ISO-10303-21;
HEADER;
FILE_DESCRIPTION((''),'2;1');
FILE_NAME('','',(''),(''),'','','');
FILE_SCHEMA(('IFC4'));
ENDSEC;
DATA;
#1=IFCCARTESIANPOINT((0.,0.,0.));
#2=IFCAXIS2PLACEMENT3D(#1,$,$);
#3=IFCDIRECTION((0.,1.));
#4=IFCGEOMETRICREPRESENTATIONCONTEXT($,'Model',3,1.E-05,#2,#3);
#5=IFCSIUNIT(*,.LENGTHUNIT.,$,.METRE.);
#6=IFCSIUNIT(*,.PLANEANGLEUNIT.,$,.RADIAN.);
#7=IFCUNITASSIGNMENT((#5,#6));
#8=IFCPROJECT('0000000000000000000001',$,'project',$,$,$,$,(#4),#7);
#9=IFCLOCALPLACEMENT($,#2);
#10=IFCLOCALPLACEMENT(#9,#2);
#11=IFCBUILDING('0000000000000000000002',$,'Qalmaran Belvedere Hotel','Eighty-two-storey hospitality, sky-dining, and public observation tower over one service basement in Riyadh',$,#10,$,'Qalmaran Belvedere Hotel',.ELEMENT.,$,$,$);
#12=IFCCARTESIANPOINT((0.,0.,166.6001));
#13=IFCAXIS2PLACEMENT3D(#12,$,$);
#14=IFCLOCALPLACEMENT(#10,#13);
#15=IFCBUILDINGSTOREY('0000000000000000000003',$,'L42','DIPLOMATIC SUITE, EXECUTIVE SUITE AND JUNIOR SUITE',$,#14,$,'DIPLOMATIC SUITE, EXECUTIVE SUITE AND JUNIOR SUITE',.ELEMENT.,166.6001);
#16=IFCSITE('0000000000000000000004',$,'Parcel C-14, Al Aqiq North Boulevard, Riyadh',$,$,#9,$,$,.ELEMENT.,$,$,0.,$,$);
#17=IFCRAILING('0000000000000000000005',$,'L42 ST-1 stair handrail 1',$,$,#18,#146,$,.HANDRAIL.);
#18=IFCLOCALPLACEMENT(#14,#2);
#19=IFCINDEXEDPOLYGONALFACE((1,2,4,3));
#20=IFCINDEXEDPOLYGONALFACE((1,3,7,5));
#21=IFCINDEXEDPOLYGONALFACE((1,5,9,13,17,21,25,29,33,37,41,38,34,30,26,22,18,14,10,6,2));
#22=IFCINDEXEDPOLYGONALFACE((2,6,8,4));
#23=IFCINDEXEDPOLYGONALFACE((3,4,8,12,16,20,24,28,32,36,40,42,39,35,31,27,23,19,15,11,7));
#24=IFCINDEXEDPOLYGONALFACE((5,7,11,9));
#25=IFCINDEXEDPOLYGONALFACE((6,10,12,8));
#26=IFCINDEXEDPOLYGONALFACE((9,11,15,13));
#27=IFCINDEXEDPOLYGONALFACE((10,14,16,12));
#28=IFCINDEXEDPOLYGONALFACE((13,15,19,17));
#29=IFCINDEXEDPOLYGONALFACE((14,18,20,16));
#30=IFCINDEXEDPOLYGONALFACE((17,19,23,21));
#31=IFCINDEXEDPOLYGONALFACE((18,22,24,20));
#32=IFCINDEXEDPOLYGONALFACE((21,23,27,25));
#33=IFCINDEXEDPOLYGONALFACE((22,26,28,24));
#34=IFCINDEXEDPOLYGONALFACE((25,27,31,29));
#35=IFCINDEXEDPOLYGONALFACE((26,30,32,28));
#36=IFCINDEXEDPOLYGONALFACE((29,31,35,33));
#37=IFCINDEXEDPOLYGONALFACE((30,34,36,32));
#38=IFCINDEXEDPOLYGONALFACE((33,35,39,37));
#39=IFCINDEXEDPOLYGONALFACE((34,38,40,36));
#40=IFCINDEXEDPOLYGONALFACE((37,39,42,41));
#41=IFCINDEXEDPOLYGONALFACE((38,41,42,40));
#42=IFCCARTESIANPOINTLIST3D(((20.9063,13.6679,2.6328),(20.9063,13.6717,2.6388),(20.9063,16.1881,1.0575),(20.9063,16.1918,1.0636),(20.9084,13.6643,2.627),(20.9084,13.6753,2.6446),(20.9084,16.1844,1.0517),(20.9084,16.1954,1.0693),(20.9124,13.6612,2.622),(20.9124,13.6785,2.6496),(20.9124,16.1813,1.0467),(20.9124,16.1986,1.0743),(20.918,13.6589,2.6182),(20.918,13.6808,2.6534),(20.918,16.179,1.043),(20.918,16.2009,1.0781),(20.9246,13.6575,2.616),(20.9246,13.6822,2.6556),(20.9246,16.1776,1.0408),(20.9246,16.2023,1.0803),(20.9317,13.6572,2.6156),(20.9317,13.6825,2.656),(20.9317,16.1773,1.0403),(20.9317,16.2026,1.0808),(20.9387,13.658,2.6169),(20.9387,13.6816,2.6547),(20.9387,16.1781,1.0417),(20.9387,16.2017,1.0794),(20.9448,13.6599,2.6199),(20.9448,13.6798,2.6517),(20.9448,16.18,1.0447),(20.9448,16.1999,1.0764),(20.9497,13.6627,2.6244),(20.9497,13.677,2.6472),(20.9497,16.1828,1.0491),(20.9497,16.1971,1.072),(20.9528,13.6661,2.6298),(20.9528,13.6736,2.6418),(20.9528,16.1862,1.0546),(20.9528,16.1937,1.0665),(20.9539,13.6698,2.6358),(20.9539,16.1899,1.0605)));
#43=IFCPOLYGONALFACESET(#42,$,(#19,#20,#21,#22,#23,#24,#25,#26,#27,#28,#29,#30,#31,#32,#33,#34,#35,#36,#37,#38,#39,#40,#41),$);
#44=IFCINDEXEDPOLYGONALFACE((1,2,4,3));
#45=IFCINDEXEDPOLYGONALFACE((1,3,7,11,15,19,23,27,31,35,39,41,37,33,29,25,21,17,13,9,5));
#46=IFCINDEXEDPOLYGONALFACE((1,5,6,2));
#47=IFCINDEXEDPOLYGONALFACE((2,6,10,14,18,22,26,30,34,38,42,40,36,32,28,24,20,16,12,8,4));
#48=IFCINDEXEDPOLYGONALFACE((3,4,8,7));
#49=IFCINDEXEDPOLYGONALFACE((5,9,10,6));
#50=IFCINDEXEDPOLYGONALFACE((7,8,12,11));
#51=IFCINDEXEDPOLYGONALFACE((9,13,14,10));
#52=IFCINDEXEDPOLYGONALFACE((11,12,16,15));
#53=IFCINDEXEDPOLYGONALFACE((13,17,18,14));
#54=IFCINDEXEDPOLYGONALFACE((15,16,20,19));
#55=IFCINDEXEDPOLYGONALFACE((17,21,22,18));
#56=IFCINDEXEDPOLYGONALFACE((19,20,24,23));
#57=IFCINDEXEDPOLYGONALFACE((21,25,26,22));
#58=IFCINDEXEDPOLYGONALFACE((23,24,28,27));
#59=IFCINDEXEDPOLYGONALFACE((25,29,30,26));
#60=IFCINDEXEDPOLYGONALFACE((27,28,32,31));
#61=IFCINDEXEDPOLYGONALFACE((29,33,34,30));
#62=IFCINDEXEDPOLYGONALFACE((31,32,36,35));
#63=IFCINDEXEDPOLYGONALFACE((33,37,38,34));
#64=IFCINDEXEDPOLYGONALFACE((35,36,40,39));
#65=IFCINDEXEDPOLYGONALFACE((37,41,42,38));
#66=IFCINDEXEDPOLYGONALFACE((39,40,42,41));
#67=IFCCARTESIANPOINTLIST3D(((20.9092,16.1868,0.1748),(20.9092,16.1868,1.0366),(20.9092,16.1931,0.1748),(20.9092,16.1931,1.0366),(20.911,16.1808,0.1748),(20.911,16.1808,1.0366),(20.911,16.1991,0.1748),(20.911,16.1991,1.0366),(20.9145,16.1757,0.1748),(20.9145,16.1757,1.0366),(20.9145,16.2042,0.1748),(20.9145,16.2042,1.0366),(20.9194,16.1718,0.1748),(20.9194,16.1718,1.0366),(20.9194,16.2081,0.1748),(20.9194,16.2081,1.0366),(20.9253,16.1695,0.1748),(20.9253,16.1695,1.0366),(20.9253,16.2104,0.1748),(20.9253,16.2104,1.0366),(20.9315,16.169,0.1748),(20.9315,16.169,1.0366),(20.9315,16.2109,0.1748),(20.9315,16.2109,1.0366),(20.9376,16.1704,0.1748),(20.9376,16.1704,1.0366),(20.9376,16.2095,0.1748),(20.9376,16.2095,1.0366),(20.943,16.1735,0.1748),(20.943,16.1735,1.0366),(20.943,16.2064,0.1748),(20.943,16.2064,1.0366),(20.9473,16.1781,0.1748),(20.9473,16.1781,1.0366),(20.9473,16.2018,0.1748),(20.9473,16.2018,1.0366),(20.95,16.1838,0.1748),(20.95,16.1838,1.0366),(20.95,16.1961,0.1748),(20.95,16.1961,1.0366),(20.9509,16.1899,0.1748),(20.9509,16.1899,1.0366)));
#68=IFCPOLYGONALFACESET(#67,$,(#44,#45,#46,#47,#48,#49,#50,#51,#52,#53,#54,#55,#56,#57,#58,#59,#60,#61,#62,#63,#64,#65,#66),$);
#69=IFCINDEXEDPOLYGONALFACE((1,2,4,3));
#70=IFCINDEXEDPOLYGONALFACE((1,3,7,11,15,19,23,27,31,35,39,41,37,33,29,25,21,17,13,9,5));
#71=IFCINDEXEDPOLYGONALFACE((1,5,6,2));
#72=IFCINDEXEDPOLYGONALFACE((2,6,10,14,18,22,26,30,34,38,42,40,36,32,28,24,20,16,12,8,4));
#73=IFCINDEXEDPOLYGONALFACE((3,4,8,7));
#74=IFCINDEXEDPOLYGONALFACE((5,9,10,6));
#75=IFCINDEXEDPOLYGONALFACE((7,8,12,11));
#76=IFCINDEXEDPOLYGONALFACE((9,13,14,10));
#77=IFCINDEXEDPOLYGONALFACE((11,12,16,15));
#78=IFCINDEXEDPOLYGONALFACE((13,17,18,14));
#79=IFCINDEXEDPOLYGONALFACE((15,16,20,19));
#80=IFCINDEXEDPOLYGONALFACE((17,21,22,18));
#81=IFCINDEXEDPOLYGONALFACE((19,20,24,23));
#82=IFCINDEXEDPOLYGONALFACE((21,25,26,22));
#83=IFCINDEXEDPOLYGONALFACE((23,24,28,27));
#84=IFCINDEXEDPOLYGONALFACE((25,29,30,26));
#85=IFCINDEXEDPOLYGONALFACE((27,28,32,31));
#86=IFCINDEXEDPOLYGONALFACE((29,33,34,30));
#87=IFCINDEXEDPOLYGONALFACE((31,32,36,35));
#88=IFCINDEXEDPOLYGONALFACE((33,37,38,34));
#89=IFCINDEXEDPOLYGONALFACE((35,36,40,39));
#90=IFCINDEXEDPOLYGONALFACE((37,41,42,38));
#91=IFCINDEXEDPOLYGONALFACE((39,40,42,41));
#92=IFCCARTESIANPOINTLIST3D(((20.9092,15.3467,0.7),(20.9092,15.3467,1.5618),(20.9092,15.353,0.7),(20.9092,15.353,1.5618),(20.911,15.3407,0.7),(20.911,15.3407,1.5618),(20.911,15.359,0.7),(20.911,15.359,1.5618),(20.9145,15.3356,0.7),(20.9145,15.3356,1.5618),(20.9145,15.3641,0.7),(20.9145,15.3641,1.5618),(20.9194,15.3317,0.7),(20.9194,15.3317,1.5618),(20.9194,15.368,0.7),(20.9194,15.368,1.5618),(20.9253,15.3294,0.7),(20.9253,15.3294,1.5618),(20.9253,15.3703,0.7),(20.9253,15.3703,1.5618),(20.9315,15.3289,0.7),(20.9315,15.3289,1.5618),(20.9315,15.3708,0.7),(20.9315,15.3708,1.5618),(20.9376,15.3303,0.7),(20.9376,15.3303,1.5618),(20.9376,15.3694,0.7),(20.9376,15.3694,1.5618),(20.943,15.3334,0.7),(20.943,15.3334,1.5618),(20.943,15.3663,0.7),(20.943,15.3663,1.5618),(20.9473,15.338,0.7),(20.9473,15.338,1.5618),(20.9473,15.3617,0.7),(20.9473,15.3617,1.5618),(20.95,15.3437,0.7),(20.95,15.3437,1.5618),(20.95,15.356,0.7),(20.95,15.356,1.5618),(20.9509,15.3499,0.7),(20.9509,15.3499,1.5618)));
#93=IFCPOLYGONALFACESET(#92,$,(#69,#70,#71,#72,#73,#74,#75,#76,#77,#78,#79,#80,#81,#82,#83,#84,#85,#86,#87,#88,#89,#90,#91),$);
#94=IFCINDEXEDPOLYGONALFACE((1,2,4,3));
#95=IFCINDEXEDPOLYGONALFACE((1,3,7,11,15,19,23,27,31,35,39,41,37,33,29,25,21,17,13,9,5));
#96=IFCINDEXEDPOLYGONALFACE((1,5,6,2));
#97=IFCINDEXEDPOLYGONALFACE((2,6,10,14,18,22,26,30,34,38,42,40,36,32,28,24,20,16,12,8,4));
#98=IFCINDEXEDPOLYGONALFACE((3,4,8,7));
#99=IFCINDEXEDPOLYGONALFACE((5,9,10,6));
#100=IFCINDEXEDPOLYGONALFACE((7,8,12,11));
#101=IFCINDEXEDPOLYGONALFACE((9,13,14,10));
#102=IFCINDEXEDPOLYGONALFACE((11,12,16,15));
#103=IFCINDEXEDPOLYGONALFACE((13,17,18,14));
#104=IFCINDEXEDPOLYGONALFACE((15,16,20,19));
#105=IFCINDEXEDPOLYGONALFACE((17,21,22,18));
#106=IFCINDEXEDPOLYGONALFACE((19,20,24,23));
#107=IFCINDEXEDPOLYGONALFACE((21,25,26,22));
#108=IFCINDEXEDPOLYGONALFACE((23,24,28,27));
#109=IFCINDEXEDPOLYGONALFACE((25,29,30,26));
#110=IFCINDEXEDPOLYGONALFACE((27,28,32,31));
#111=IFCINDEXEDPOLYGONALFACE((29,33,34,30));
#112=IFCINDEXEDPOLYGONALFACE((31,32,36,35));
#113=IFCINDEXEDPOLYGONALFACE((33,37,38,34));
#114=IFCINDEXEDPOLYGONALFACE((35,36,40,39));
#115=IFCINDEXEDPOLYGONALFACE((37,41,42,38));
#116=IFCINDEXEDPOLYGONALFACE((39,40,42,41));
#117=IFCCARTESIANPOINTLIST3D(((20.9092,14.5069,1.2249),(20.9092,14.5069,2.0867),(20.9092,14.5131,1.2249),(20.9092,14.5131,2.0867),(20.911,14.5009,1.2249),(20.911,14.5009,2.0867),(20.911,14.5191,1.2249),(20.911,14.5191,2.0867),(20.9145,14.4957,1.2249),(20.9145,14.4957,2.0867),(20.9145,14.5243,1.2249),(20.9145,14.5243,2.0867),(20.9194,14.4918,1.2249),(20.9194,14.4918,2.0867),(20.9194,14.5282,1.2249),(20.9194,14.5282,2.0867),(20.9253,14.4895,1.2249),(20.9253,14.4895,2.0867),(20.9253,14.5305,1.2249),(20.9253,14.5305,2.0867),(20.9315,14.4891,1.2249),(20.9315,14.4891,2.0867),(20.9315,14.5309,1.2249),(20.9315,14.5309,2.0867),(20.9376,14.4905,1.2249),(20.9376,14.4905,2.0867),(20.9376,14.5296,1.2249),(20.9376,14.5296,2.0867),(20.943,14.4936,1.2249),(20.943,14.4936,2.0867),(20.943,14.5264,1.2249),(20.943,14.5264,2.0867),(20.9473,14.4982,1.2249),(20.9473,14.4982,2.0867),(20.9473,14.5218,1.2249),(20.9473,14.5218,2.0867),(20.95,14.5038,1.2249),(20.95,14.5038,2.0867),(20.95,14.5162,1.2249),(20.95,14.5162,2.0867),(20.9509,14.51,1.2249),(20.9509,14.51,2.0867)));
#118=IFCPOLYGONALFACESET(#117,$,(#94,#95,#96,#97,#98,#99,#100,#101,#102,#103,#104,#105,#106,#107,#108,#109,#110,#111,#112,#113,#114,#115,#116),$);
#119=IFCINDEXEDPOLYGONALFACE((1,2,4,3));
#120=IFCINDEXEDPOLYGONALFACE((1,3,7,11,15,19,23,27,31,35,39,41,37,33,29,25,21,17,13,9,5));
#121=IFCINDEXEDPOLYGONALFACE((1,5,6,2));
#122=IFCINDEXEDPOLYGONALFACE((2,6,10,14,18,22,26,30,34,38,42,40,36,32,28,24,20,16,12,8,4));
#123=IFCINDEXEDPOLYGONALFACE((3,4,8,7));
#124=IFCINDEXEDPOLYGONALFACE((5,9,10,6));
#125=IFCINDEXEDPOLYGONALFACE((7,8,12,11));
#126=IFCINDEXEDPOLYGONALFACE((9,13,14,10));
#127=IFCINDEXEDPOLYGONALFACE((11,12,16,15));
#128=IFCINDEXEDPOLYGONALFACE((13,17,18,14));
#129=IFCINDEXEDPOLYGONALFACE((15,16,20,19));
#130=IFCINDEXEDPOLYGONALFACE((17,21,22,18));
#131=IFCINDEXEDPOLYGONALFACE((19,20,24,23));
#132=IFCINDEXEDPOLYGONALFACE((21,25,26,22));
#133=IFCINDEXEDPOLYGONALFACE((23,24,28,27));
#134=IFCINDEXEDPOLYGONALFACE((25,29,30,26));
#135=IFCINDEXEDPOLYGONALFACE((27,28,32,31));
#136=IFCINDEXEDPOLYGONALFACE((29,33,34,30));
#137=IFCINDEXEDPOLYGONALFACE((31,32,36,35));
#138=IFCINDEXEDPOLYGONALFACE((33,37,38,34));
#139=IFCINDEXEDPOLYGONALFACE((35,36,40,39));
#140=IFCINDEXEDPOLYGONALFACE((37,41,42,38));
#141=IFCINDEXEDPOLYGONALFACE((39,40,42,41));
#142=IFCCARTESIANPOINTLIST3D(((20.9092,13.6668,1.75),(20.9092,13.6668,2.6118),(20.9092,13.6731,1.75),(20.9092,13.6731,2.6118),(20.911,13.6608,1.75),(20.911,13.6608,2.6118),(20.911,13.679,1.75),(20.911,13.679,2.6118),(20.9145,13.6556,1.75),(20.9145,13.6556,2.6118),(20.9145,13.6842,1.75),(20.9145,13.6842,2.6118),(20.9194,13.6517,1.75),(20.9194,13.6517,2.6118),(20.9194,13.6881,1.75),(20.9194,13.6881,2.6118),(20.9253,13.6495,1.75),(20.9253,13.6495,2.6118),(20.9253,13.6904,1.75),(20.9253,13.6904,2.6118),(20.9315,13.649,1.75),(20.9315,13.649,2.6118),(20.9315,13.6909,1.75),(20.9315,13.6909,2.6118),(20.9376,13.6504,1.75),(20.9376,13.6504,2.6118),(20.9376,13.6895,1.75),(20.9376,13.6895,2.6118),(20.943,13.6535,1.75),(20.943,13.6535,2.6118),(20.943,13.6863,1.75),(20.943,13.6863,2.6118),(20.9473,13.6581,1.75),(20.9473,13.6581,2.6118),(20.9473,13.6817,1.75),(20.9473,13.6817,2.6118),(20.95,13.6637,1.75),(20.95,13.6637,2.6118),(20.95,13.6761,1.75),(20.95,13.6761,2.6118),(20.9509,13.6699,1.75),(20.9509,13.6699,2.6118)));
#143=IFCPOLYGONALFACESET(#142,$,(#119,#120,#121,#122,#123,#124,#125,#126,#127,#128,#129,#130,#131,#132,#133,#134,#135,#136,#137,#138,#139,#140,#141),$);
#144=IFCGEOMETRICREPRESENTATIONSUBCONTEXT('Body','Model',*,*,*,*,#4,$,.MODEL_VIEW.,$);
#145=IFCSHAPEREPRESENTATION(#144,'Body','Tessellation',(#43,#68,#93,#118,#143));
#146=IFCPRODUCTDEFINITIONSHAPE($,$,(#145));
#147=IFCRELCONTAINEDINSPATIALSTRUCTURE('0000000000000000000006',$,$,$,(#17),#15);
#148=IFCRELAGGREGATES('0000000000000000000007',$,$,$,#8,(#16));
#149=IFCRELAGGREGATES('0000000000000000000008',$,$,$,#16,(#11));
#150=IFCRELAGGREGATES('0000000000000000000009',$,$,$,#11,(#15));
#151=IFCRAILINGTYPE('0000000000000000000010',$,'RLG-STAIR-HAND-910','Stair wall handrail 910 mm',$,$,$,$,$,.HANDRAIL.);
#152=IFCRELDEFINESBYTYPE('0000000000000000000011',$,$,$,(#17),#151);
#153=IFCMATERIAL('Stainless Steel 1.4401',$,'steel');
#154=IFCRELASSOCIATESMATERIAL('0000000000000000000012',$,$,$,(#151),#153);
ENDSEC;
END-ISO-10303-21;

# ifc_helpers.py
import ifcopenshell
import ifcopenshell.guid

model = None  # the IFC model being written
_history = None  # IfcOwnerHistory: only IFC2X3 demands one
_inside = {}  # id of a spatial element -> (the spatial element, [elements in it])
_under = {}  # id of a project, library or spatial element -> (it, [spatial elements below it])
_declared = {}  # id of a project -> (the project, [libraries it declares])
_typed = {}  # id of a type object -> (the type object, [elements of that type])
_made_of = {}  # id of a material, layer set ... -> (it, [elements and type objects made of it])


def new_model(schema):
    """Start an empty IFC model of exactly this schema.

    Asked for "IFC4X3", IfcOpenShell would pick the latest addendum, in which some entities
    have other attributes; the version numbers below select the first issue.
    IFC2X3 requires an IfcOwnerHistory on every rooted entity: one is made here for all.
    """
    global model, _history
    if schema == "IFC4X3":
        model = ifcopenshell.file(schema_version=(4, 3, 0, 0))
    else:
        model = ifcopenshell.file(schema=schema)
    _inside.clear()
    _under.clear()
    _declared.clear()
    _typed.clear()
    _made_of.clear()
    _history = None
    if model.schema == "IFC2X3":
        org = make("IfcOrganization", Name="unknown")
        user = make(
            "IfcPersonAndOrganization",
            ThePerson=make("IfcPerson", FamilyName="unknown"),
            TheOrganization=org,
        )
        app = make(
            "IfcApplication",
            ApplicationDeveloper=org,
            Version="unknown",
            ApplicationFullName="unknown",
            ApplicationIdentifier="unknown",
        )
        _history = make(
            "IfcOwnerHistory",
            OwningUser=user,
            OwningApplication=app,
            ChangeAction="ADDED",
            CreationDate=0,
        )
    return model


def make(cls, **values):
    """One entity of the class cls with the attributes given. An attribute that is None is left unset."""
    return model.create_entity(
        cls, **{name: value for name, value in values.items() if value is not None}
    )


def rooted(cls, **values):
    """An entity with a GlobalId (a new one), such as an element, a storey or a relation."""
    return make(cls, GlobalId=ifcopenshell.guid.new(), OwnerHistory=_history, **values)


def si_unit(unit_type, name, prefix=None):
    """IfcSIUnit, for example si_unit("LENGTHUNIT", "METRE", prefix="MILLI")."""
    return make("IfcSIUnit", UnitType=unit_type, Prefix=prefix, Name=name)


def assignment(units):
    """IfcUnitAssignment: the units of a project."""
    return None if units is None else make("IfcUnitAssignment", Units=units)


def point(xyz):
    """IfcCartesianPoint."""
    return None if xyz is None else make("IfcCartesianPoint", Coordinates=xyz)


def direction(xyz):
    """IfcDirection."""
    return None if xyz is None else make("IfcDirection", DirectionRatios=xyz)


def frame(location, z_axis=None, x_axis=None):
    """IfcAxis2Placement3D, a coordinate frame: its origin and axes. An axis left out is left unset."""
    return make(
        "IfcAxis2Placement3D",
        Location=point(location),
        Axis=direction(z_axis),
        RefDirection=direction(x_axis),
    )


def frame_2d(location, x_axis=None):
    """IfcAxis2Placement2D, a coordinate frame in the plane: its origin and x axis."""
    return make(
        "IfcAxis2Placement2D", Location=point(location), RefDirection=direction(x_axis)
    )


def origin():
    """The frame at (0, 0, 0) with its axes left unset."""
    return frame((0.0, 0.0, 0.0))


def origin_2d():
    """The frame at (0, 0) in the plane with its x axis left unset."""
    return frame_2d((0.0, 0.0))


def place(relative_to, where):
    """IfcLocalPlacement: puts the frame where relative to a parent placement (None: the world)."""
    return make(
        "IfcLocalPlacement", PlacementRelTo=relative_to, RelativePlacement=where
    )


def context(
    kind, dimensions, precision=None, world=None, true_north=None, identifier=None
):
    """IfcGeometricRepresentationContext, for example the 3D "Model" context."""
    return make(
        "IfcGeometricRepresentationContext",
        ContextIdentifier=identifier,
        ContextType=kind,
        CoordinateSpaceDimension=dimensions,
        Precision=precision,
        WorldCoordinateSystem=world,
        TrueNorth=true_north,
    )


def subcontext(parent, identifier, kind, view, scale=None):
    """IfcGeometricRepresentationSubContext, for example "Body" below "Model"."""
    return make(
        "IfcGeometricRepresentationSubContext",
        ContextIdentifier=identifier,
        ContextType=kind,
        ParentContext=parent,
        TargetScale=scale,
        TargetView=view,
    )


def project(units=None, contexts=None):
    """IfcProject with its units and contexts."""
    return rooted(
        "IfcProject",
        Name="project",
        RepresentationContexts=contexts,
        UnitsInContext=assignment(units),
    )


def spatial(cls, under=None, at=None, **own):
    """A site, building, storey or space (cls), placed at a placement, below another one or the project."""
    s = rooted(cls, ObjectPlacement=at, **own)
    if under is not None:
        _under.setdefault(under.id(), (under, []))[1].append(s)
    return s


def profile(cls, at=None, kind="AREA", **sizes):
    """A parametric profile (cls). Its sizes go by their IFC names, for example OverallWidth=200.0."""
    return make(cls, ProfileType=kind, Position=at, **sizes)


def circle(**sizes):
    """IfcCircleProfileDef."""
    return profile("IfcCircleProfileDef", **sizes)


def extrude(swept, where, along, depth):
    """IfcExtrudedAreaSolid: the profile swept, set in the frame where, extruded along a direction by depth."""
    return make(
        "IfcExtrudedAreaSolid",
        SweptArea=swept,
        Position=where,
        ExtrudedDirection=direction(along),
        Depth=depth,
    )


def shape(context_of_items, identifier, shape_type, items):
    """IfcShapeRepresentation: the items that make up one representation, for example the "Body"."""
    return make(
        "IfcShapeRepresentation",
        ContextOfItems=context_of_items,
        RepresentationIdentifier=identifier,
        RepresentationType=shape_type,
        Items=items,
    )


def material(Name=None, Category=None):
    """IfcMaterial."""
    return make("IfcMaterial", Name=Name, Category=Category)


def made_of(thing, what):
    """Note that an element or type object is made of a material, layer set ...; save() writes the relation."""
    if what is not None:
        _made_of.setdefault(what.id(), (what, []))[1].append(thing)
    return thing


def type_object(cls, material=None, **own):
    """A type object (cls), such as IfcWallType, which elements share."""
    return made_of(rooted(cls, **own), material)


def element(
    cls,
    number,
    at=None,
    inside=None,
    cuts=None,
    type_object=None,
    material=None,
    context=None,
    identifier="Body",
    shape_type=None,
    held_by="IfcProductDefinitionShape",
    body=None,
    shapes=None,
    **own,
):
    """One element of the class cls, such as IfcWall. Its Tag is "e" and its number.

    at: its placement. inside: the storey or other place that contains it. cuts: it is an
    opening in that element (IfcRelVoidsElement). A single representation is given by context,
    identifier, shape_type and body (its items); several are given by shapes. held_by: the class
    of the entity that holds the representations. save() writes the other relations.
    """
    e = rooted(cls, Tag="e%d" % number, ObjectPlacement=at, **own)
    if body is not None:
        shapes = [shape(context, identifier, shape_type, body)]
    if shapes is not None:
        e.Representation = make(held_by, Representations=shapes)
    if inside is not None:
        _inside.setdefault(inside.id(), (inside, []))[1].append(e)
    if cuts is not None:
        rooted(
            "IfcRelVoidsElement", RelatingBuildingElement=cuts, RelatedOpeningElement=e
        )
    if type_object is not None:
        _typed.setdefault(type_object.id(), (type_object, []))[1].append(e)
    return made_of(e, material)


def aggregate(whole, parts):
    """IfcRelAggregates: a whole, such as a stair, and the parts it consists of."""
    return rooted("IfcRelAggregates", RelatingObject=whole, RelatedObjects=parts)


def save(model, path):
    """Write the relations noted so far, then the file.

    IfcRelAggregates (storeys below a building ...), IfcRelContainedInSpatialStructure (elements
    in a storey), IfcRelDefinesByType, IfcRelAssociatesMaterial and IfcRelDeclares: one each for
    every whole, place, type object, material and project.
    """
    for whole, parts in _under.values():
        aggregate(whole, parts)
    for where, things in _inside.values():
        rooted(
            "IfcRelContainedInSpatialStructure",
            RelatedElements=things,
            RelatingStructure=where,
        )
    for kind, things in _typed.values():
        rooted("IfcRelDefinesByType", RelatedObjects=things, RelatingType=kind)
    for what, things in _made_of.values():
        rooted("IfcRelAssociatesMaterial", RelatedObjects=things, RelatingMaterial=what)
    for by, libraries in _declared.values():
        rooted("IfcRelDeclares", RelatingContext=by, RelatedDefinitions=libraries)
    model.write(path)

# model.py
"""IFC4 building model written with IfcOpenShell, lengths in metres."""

from ifc_helpers import new_model, si_unit, direction, frame, origin, origin_2d, place, context, subcontext, project, spatial, circle, extrude, material, type_object, element, save


model = new_model("IFC4")

# Units and contexts
model_context = context("Model", 3, precision=1e-05, world=origin(), true_north=direction((0.0, 1.0)))
body_context = subcontext(model_context, "Body", "Model", "MODEL_VIEW")
ifc_project = project(units=[si_unit("LENGTHUNIT", "METRE"), si_unit("PLANEANGLEUNIT", "RADIAN")], contexts=[model_context])

# Site, building, storey
site_placement = place(None, origin())
site = spatial("IfcSite", under=ifc_project, at=site_placement, Name="Parcel C-14, Al Aqiq North Boulevard, Riyadh", CompositionType="ELEMENT", RefElevation=0.0)
building_placement = place(site_placement, origin())
building = spatial("IfcBuilding", under=site, at=building_placement, Name="Qalmaran Belvedere Hotel", Description="Eighty-two-storey hospitality, sky-dining, and public observation tower over one service basement in Riyadh", LongName="Qalmaran Belvedere Hotel", CompositionType="ELEMENT")
storey_placement = place(building_placement, frame((0.0, 0.0, 166.6001)))
storey = spatial("IfcBuildingStorey", under=building, at=storey_placement, Name="L42", Description="DIPLOMATIC SUITE, EXECUTIVE SUITE AND JUNIOR SUITE", LongName="DIPLOMATIC SUITE, EXECUTIVE SUITE AND JUNIOR SUITE", CompositionType="ELEMENT", Elevation=166.6001)

# Shared definitions
ifc_material_1 = material(Name="Stainless Steel 1.4401", Category="steel")

# Railing
railing_type_1 = type_object("IfcRailingType", Name="RLG-STAIR-HAND-910", Description="Stair wall handrail 910 mm", PredefinedType="HANDRAIL", material=ifc_material_1)
railing_1_placement = place(storey_placement, frame((20.9299, 16.1899, 0.1748)))
element("IfcRailing", 1, at=railing_1_placement, inside=storey, type_object=railing_type_1, Name="L42 ST-1 stair handrail 1", PredefinedType="HANDRAIL", context=body_context, shape_type="SweptSolid", body=[
    extrude(circle(Radius=0.0239, at=origin_2d()), frame((0.0, 0.0, 0.8857), z_axis=(0.0, -0.847971, 0.530043), x_axis=(1.0, 0.0, 0.0)), (0.0, 0.0, 1.0), 2.9719),
    extrude(circle(Radius=0.021, at=origin_2d()), origin(), (0.0, 0.0, 1.0), 0.8618),
    extrude(circle(Radius=0.021, at=origin_2d()), frame((0.0, -0.8401, 0.5251)), (0.0, 0.0, 1.0), 0.8618),
    extrude(circle(Radius=0.021, at=origin_2d()), frame((0.0, -1.6799, 1.05)), (0.0, 0.0, 1.0), 0.8618),
    extrude(circle(Radius=0.021, at=origin_2d()), frame((0.0, -2.52, 1.5752)), (0.0, 0.0, 1.0), 0.8618),
])

save(model, "model.ifc")
